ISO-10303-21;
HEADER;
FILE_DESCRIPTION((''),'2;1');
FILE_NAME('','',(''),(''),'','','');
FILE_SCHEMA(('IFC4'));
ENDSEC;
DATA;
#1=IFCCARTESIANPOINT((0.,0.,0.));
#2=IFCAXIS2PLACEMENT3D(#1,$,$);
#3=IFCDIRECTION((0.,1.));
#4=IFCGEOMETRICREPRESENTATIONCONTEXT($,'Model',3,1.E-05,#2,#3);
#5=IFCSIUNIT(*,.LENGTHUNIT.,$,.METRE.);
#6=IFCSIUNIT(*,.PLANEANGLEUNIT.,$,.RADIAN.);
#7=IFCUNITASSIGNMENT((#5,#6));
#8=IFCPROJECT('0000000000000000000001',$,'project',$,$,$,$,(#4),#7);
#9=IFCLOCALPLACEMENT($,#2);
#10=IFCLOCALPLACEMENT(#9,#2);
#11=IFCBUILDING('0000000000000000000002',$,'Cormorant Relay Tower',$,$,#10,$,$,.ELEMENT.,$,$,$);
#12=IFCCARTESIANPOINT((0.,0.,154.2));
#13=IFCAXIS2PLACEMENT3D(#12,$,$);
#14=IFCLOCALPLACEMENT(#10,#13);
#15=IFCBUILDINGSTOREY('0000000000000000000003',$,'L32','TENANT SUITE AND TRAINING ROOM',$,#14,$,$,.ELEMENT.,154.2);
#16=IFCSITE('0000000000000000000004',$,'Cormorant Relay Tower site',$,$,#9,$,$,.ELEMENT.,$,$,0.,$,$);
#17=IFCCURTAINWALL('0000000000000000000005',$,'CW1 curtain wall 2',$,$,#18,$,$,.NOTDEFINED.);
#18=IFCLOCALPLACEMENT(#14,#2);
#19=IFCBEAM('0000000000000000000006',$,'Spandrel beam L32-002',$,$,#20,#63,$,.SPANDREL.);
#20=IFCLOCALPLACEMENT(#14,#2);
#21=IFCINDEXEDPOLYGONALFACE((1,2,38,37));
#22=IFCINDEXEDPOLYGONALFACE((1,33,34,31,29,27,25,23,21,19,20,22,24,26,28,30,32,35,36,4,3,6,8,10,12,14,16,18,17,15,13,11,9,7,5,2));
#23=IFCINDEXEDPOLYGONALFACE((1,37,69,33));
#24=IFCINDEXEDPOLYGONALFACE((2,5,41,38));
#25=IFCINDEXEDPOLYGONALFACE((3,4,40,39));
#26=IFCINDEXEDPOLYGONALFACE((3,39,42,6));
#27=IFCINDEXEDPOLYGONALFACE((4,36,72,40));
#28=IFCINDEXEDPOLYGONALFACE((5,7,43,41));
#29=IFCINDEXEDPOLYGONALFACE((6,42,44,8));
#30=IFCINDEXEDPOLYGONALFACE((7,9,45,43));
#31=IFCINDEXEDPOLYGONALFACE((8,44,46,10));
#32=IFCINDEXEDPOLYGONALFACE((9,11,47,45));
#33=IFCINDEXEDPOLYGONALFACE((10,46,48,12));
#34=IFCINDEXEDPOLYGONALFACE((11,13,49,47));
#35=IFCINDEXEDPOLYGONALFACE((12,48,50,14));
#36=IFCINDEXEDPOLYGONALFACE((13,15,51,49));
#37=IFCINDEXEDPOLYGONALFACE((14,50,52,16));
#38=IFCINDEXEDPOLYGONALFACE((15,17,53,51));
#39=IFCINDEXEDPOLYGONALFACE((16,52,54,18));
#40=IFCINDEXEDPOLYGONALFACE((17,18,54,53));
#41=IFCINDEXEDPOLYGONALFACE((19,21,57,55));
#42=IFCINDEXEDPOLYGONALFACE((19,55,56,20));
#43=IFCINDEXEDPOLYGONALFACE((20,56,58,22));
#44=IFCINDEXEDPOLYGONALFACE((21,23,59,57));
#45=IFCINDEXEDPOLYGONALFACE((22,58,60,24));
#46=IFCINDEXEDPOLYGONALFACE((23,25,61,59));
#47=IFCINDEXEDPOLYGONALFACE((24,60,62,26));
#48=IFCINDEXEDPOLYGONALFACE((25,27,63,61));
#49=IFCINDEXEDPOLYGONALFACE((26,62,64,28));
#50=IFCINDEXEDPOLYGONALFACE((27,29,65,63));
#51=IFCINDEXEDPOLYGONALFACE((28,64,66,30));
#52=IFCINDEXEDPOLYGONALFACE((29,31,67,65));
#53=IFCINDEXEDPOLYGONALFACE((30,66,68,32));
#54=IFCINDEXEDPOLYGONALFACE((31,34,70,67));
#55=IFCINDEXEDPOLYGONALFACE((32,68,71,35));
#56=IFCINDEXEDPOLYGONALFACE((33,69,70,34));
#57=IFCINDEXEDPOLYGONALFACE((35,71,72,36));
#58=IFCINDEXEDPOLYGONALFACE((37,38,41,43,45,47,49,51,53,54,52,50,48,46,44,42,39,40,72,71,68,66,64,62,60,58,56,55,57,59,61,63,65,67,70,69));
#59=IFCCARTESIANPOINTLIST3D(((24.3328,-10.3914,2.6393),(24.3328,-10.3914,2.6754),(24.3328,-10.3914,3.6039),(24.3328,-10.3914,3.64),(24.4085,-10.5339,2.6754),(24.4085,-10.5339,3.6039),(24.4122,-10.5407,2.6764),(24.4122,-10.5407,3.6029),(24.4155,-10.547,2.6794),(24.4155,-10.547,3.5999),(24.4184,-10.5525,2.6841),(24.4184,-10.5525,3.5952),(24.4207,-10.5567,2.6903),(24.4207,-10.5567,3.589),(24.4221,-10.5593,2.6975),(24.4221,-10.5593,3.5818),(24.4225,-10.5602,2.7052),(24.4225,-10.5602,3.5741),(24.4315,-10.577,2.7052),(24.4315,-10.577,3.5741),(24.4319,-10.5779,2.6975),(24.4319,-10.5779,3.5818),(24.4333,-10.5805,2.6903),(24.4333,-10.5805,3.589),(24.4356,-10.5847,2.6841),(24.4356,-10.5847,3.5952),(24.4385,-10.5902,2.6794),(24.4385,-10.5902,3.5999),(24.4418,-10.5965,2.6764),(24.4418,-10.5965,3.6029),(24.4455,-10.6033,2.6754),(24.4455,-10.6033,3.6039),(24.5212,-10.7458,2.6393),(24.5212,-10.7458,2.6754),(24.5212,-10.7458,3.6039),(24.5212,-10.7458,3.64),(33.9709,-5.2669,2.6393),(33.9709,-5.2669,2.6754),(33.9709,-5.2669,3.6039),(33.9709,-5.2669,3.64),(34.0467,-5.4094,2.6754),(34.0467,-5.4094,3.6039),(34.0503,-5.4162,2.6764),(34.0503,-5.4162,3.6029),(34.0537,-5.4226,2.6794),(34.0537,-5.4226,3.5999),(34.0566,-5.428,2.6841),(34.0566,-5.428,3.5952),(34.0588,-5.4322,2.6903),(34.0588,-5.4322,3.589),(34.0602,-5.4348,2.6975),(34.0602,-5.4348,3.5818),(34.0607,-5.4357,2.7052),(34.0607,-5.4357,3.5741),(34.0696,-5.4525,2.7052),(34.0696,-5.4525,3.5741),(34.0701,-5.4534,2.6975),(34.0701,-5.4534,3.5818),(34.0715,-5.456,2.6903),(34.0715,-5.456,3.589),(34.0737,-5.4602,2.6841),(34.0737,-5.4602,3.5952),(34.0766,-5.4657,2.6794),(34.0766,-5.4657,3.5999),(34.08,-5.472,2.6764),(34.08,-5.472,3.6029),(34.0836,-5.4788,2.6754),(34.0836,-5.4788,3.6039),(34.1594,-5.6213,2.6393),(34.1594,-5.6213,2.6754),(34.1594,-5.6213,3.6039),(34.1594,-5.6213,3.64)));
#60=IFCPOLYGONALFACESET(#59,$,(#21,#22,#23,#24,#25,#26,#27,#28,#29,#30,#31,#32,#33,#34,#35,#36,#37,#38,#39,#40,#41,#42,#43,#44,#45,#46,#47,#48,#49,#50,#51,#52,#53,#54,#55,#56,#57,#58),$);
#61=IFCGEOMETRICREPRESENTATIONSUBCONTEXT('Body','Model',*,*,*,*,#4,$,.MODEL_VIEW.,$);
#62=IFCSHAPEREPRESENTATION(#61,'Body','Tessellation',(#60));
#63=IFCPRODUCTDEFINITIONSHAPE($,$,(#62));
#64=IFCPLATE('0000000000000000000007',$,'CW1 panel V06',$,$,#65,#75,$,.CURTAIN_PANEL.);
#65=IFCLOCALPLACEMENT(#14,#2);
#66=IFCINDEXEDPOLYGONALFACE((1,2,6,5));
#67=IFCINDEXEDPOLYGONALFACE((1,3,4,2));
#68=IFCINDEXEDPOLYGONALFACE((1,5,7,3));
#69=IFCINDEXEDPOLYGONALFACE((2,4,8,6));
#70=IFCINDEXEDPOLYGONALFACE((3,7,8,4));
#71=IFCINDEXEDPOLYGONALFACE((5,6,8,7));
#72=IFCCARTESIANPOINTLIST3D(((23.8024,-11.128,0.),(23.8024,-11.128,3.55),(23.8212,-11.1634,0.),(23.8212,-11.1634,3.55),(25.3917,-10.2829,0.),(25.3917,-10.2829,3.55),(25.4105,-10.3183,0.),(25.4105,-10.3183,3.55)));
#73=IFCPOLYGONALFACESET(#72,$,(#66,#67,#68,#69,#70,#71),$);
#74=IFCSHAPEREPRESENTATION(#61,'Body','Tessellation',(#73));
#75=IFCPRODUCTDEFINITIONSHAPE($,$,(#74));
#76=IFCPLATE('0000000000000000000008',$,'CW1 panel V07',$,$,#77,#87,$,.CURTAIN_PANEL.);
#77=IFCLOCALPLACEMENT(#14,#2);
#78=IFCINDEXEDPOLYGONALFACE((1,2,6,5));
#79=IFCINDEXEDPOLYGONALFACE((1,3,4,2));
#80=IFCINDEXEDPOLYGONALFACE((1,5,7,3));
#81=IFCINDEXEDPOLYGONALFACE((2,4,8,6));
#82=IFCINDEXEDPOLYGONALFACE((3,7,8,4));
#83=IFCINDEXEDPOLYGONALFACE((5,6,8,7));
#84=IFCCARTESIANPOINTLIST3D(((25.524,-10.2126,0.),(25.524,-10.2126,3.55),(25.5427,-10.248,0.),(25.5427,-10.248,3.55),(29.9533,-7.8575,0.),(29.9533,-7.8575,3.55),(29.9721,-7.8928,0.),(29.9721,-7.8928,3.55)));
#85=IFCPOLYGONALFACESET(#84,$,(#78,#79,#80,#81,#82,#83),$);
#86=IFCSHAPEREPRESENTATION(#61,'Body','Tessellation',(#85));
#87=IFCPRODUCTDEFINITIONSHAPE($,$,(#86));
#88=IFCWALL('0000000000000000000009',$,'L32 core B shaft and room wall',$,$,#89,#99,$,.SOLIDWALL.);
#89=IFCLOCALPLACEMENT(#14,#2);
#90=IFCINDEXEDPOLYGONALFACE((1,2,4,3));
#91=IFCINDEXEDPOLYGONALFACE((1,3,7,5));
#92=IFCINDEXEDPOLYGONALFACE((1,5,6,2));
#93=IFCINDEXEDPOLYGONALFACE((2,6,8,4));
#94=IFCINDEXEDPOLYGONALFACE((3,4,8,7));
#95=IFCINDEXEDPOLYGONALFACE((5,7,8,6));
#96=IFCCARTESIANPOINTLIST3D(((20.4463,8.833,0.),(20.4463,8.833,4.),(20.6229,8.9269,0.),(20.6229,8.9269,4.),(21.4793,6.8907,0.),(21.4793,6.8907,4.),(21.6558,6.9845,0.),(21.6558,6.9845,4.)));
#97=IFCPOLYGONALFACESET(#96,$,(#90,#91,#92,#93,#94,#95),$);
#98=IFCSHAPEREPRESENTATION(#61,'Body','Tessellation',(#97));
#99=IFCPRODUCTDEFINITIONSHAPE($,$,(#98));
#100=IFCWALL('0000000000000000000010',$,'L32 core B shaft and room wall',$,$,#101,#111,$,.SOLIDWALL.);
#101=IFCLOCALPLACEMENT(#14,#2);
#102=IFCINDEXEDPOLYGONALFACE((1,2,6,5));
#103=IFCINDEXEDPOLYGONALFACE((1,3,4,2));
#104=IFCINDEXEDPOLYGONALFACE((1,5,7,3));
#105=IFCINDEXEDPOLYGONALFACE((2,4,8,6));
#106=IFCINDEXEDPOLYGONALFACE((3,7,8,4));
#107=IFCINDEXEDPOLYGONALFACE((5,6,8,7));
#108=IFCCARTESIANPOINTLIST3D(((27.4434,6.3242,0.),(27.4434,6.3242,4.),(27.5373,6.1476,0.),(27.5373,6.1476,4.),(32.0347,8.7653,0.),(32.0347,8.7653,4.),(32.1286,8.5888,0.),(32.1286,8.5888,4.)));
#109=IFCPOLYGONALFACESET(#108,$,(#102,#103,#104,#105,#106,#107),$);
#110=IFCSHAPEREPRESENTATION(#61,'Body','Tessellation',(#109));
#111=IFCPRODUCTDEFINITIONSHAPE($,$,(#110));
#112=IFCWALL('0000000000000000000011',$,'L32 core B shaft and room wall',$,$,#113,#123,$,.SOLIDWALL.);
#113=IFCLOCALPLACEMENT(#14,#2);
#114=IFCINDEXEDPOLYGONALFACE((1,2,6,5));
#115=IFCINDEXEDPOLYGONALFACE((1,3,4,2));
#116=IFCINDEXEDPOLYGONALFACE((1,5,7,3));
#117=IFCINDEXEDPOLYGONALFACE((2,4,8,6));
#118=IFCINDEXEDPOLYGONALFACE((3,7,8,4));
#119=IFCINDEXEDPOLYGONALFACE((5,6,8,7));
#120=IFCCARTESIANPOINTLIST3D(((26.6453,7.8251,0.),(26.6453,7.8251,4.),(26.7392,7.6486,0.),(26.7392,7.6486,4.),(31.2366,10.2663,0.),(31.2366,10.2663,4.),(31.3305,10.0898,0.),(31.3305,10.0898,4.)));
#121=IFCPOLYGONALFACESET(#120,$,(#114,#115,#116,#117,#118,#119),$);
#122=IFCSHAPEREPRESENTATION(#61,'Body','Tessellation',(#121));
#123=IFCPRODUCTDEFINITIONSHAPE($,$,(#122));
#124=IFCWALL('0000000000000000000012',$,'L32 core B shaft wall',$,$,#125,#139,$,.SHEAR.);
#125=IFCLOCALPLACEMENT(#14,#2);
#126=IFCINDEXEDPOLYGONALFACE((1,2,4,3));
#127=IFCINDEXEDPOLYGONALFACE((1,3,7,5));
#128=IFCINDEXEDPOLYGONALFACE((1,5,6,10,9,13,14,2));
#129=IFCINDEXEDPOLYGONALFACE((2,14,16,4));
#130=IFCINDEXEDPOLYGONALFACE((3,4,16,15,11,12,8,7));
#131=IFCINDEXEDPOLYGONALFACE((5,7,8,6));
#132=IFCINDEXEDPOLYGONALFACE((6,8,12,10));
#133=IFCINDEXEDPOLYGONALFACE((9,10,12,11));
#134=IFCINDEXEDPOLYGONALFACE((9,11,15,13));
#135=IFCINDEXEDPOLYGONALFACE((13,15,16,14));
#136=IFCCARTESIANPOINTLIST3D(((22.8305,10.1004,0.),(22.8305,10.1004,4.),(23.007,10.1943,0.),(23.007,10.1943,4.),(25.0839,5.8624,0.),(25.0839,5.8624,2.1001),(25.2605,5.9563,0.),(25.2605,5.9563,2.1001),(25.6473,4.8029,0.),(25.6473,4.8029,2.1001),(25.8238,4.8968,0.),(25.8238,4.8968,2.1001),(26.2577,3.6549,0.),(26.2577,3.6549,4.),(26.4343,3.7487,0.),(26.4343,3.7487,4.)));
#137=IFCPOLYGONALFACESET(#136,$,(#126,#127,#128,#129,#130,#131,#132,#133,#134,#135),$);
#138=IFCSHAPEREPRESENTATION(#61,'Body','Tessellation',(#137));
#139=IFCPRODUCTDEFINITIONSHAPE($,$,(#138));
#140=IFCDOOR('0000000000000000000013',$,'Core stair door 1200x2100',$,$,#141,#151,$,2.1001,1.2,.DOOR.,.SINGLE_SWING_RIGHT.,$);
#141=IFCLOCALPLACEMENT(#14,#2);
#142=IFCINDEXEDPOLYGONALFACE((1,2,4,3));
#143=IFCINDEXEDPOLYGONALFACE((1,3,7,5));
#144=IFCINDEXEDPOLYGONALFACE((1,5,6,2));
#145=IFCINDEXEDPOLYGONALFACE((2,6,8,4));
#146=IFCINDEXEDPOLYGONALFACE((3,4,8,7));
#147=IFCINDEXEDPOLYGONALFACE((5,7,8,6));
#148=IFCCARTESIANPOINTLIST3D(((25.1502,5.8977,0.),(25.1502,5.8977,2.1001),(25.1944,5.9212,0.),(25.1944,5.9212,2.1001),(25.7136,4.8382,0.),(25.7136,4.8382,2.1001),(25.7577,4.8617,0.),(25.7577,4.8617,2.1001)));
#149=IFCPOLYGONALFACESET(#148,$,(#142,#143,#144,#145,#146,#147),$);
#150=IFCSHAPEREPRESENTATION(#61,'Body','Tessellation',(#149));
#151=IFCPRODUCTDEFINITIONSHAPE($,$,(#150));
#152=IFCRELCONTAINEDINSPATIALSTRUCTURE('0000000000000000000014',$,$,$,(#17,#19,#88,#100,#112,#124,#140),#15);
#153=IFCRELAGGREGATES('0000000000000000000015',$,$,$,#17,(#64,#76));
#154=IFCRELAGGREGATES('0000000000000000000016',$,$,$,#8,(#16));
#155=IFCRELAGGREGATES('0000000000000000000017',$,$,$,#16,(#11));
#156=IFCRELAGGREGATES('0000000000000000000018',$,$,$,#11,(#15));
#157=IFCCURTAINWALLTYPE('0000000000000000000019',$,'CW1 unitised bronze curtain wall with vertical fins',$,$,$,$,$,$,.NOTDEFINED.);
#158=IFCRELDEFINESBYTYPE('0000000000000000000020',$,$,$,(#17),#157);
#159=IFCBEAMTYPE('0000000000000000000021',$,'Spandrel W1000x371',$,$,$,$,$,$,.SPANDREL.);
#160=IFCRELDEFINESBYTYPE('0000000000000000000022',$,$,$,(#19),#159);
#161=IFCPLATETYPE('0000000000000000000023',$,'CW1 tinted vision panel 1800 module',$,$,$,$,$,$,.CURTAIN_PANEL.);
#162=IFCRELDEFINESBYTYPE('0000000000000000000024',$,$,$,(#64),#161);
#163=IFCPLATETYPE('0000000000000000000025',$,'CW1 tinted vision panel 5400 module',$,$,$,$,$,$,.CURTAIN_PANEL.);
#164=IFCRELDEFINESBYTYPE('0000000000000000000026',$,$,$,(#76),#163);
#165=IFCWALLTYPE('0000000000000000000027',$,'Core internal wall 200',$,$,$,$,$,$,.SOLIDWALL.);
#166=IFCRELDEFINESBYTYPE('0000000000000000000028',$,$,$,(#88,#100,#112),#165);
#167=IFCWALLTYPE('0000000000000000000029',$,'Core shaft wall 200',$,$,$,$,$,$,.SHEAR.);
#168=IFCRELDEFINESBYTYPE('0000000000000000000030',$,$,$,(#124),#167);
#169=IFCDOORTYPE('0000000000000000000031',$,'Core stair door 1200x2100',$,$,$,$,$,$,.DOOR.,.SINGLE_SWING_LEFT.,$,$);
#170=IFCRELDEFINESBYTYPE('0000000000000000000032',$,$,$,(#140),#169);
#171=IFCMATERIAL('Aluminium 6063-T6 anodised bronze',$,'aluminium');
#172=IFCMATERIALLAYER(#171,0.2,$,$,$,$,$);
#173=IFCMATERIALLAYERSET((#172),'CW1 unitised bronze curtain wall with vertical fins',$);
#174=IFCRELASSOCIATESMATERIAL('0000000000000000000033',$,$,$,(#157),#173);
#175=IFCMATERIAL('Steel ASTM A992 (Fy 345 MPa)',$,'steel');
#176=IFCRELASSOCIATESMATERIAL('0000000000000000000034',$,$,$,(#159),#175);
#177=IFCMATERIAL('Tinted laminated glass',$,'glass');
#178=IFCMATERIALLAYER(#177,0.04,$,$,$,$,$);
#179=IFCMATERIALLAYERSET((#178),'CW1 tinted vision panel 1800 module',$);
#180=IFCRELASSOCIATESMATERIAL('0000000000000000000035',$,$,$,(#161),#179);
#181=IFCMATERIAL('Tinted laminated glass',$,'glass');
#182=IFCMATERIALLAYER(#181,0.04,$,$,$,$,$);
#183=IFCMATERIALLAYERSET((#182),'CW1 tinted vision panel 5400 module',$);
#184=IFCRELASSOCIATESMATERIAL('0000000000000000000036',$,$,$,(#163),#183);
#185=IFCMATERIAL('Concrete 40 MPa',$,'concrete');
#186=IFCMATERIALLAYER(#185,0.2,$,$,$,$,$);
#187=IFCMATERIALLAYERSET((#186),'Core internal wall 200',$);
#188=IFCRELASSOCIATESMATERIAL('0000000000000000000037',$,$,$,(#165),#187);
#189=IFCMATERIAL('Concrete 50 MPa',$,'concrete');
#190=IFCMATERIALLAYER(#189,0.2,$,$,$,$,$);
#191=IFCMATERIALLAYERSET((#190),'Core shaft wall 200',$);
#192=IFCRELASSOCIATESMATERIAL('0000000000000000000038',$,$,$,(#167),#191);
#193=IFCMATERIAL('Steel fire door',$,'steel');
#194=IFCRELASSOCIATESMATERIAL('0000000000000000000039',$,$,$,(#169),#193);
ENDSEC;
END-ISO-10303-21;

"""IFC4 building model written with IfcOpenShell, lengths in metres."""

from ifc_helpers import new_model, si_unit, direction, frame, frame_2d, origin, origin_2d, place, context, subcontext, project, spatial, rectangle, i_section, extrude, material, layer, layer_set, material_profile, profile_set, type_object, element, fill, aggregate, save


model = new_model("IFC4")

# Units and contexts
model_context = context("Model", 3, precision=1e-05, world=origin(), true_north=direction((0.0, 1.0)))
body_context = subcontext(model_context, "Body", "Model", "MODEL_VIEW")
ifc_project = project(units=[si_unit("LENGTHUNIT", "METRE"), si_unit("PLANEANGLEUNIT", "RADIAN")], contexts=[model_context])

# Site, building, storey
site_placement = place(None, origin())
site = spatial("IfcSite", under=ifc_project, at=site_placement, Name="Cormorant Relay Tower site", CompositionType="ELEMENT", RefElevation=0.0)
building_placement = place(site_placement, origin())
building = spatial("IfcBuilding", under=site, at=building_placement, Name="Cormorant Relay Tower", CompositionType="ELEMENT")
storey_placement = place(building_placement, frame((0.0, 0.0, 154.2)))
storey = spatial("IfcBuildingStorey", under=building, at=storey_placement, Name="L32", Description="TENANT SUITE AND TRAINING ROOM", CompositionType="ELEMENT", Elevation=154.2)

# Curtain wall
ifc_material_1 = material(Name="Aluminium 6063-T6 anodised bronze", Category="aluminium")
ifc_layer_1 = layer(ifc_material_1, 0.2)
ifc_layer_set_1 = layer_set([ifc_layer_1], Name="CW1 unitised bronze curtain wall with vertical fins")
curtain_wall_type = type_object("IfcCurtainWallType", Name="CW1 unitised bronze curtain wall with vertical fins", PredefinedType="NOTDEFINED", material=ifc_layer_set_1)
curtain_wall_1_placement = place(storey_placement, origin())
curtain_wall_1 = element("IfcCurtainWall", 1, at=curtain_wall_1_placement, inside=storey, type_object=curtain_wall_type, Name="CW1 curtain wall 2", PredefinedType="NOTDEFINED")

# Beam
ifc_material_2 = material(Name="Steel ASTM A992 (Fy 345 MPa)", Category="steel")
ifc_material_profile_1 = material_profile(ifc_material_2, i_section(OverallWidth=0.4014, OverallDepth=1.0007, WebThickness=0.019, FlangeThickness=0.0361, FilletRadius=0.0298, at=origin_2d()), Name="W1000x371")
ifc_profile_set_1 = profile_set([ifc_material_profile_1], Name="Steel ASTM A992 (Fy 345 MPa)")
beam_type = type_object("IfcBeamType", Name="Spandrel W1000x371", PredefinedType="SPANDREL", material=ifc_profile_set_1)
beam_placement = place(storey_placement, frame((24.427, -10.5686, 3.1396), z_axis=(0.882955, 0.469457, 0.0), x_axis=(-0.469457, 0.882955, 0.0)))
element("IfcBeam", 2, at=beam_placement, inside=storey, type_object=beam_type, Name="Spandrel beam L32-002", PredefinedType="SPANDREL", context=body_context, shape_type="SweptSolid", body=[
    extrude(i_section(OverallWidth=0.4014, OverallDepth=1.0007, WebThickness=0.019, FlangeThickness=0.0361, FilletRadius=0.0298, at=origin_2d()), origin(), (0.0, 0.0, 1.0), 10.9158),
])

# Plates
ifc_material_3 = material(Name="Tinted laminated glass", Category="glass")
ifc_layer_2 = layer(ifc_material_3, 0.04)
ifc_layer_set_2 = layer_set([ifc_layer_2], Name="CW1 tinted vision panel 1800 module")
plate_type_1 = type_object("IfcPlateType", Name="CW1 tinted vision panel 1800 module", PredefinedType="CURTAIN_PANEL", material=ifc_layer_set_2)
plate_1_placement = place(storey_placement, frame((24.6064, -10.7231, 0.0), z_axis=(0.0, 0.0, 1.0), x_axis=(0.882948, 0.469472, 0.0)))
plate_1 = element("IfcPlate", 3, at=plate_1_placement, type_object=plate_type_1, Name="CW1 panel V06", PredefinedType="CURTAIN_PANEL", context=body_context, shape_type="SweptSolid", body=[
    extrude(rectangle(XDim=1.8, YDim=0.04, at=origin_2d()), origin(), (0.0, 0.0, 1.0), 3.55),
])
ifc_material_4 = material(Name="Tinted laminated glass", Category="glass")
ifc_layer_3 = layer(ifc_material_4, 0.04)
ifc_layer_set_3 = layer_set([ifc_layer_3], Name="CW1 tinted vision panel 5400 module")
plate_type_2 = type_object("IfcPlateType", Name="CW1 tinted vision panel 5400 module", PredefinedType="CURTAIN_PANEL", material=ifc_layer_set_3)
plate_2_placement = place(storey_placement, frame((27.748, -9.0527, 0.0), z_axis=(0.0, 0.0, 1.0), x_axis=(0.882948, 0.469472, 0.0)))
plate_2 = element("IfcPlate", 4, at=plate_2_placement, type_object=plate_type_2, Name="CW1 panel V07", PredefinedType="CURTAIN_PANEL", context=body_context, shape_type="SweptSolid", body=[
    extrude(rectangle(XDim=5.0166, YDim=0.04, at=origin_2d()), origin(), (0.0, 0.0, 1.0), 3.55),
])

# Walls
ifc_material_5 = material(Name="Concrete 40 MPa", Category="concrete")
ifc_layer_4 = layer(ifc_material_5, 0.2)
ifc_layer_set_4 = layer_set([ifc_layer_4], Name="Core internal wall 200")
wall_type_1 = type_object("IfcWallType", Name="Core internal wall 200", PredefinedType="SOLIDWALL", material=ifc_layer_set_4)
wall_1_placement = place(storey_placement, frame((21.5676, 6.9375, 0.0), z_axis=(0.0, 0.0, 1.0), x_axis=(-0.469534, 0.882914, 0.0)))
element("IfcWall", 5, at=wall_1_placement, inside=storey, type_object=wall_type_1, Name="L32 core B shaft and room wall", PredefinedType="SOLIDWALL", context=body_context, shape_type="SweptSolid", body=[
    extrude(rectangle(XDim=2.2, YDim=0.2, at=frame_2d((1.1001, 0.0))), origin(), (0.0, 0.0, 1.0), 4.0),
])
for number, where, z_axis, x_axis, name in (
    (6, (27.4902, 6.2358, 0.0), (0.0, 0.0, 1.0), (0.882954, 0.46946, 0.0), "L32 core B shaft and room wall"),
    (7, (26.6921, 7.7368, 0.0), (0.0, 0.0, 1.0), (0.882954, 0.46946, 0.0), "L32 core B shaft and room wall"),
):
    element("IfcWall", number, at=place(storey_placement, frame(where, z_axis=z_axis, x_axis=x_axis)), inside=storey, type_object=wall_type_1, Name=name, PredefinedType="SOLIDWALL", context=body_context, shape_type="SweptSolid", body=[
        extrude(rectangle(XDim=5.2, YDim=0.2, at=frame_2d((2.6001, 0.0))), origin(), (0.0, 0.0, 1.0), 4.0),
    ])

# Wall, opening, door
ifc_material_6 = material(Name="Concrete 50 MPa", Category="concrete")
ifc_layer_5 = layer(ifc_material_6, 0.2)
ifc_layer_set_5 = layer_set([ifc_layer_5], Name="Core shaft wall 200")
wall_type_2 = type_object("IfcWallType", Name="Core shaft wall 200", PredefinedType="SHEAR", material=ifc_layer_set_5)
wall_2_placement = place(storey_placement, frame((26.3459, 3.7019, 0.0), z_axis=(0.0, 0.0, 1.0), x_axis=(-0.46948, 0.882943, 0.0)))
wall_2 = element("IfcWall", 8, at=wall_2_placement, inside=storey, type_object=wall_type_2, Name="L32 core B shaft wall", PredefinedType="SHEAR", context=body_context, shape_type="SweptSolid", body=[
    extrude(rectangle(XDim=7.3, YDim=0.2, at=frame_2d((3.6499, 0.0))), origin(), (0.0, 0.0, 1.0), 4.0),
])
opening_1_placement = place(wall_2_placement, frame((1.3, 0.0, 0.0)))
opening_1 = element("IfcOpeningElement", 9, at=opening_1_placement, cuts=wall_2, PredefinedType="OPENING", context=body_context, shape_type="SweptSolid", body=[
    extrude(rectangle(XDim=1.2, YDim=2.1001, at=frame_2d((0.6001, 1.05))), frame((0.0, 0.1099, 0.0), z_axis=(0.0, -1.0, 0.0), x_axis=(1.0, 0.0, 0.0)), (0.0, 0.0, 1.0), 0.22),
])
ifc_material_7 = material(Name="Steel fire door", Category="steel")
door_type_1 = type_object("IfcDoorType", Name="Core stair door 1200x2100", OperationType="SINGLE_SWING_LEFT", PredefinedType="DOOR", material=ifc_material_7)
door_1_placement = place(opening_1_placement, origin())
door_1 = element("IfcDoor", 10, at=door_1_placement, inside=storey, type_object=door_type_1, Name="Core stair door 1200x2100", OperationType="SINGLE_SWING_RIGHT", OverallHeight=2.1001, OverallWidth=1.2, PredefinedType="DOOR", context=body_context, shape_type="SweptSolid", body=[
    extrude(rectangle(XDim=1.2, YDim=2.1001, at=frame_2d((0.6001, 1.05))), frame((0.0, 0.0249, 0.0), z_axis=(0.0, -1.0, 0.0), x_axis=(1.0, 0.0, 0.0)), (0.0, 0.0, 1.0), 0.05),
])
fill(opening_1, door_1)

aggregate(curtain_wall_1, [plate_1, plate_2])

save(model, "model.ifc")
